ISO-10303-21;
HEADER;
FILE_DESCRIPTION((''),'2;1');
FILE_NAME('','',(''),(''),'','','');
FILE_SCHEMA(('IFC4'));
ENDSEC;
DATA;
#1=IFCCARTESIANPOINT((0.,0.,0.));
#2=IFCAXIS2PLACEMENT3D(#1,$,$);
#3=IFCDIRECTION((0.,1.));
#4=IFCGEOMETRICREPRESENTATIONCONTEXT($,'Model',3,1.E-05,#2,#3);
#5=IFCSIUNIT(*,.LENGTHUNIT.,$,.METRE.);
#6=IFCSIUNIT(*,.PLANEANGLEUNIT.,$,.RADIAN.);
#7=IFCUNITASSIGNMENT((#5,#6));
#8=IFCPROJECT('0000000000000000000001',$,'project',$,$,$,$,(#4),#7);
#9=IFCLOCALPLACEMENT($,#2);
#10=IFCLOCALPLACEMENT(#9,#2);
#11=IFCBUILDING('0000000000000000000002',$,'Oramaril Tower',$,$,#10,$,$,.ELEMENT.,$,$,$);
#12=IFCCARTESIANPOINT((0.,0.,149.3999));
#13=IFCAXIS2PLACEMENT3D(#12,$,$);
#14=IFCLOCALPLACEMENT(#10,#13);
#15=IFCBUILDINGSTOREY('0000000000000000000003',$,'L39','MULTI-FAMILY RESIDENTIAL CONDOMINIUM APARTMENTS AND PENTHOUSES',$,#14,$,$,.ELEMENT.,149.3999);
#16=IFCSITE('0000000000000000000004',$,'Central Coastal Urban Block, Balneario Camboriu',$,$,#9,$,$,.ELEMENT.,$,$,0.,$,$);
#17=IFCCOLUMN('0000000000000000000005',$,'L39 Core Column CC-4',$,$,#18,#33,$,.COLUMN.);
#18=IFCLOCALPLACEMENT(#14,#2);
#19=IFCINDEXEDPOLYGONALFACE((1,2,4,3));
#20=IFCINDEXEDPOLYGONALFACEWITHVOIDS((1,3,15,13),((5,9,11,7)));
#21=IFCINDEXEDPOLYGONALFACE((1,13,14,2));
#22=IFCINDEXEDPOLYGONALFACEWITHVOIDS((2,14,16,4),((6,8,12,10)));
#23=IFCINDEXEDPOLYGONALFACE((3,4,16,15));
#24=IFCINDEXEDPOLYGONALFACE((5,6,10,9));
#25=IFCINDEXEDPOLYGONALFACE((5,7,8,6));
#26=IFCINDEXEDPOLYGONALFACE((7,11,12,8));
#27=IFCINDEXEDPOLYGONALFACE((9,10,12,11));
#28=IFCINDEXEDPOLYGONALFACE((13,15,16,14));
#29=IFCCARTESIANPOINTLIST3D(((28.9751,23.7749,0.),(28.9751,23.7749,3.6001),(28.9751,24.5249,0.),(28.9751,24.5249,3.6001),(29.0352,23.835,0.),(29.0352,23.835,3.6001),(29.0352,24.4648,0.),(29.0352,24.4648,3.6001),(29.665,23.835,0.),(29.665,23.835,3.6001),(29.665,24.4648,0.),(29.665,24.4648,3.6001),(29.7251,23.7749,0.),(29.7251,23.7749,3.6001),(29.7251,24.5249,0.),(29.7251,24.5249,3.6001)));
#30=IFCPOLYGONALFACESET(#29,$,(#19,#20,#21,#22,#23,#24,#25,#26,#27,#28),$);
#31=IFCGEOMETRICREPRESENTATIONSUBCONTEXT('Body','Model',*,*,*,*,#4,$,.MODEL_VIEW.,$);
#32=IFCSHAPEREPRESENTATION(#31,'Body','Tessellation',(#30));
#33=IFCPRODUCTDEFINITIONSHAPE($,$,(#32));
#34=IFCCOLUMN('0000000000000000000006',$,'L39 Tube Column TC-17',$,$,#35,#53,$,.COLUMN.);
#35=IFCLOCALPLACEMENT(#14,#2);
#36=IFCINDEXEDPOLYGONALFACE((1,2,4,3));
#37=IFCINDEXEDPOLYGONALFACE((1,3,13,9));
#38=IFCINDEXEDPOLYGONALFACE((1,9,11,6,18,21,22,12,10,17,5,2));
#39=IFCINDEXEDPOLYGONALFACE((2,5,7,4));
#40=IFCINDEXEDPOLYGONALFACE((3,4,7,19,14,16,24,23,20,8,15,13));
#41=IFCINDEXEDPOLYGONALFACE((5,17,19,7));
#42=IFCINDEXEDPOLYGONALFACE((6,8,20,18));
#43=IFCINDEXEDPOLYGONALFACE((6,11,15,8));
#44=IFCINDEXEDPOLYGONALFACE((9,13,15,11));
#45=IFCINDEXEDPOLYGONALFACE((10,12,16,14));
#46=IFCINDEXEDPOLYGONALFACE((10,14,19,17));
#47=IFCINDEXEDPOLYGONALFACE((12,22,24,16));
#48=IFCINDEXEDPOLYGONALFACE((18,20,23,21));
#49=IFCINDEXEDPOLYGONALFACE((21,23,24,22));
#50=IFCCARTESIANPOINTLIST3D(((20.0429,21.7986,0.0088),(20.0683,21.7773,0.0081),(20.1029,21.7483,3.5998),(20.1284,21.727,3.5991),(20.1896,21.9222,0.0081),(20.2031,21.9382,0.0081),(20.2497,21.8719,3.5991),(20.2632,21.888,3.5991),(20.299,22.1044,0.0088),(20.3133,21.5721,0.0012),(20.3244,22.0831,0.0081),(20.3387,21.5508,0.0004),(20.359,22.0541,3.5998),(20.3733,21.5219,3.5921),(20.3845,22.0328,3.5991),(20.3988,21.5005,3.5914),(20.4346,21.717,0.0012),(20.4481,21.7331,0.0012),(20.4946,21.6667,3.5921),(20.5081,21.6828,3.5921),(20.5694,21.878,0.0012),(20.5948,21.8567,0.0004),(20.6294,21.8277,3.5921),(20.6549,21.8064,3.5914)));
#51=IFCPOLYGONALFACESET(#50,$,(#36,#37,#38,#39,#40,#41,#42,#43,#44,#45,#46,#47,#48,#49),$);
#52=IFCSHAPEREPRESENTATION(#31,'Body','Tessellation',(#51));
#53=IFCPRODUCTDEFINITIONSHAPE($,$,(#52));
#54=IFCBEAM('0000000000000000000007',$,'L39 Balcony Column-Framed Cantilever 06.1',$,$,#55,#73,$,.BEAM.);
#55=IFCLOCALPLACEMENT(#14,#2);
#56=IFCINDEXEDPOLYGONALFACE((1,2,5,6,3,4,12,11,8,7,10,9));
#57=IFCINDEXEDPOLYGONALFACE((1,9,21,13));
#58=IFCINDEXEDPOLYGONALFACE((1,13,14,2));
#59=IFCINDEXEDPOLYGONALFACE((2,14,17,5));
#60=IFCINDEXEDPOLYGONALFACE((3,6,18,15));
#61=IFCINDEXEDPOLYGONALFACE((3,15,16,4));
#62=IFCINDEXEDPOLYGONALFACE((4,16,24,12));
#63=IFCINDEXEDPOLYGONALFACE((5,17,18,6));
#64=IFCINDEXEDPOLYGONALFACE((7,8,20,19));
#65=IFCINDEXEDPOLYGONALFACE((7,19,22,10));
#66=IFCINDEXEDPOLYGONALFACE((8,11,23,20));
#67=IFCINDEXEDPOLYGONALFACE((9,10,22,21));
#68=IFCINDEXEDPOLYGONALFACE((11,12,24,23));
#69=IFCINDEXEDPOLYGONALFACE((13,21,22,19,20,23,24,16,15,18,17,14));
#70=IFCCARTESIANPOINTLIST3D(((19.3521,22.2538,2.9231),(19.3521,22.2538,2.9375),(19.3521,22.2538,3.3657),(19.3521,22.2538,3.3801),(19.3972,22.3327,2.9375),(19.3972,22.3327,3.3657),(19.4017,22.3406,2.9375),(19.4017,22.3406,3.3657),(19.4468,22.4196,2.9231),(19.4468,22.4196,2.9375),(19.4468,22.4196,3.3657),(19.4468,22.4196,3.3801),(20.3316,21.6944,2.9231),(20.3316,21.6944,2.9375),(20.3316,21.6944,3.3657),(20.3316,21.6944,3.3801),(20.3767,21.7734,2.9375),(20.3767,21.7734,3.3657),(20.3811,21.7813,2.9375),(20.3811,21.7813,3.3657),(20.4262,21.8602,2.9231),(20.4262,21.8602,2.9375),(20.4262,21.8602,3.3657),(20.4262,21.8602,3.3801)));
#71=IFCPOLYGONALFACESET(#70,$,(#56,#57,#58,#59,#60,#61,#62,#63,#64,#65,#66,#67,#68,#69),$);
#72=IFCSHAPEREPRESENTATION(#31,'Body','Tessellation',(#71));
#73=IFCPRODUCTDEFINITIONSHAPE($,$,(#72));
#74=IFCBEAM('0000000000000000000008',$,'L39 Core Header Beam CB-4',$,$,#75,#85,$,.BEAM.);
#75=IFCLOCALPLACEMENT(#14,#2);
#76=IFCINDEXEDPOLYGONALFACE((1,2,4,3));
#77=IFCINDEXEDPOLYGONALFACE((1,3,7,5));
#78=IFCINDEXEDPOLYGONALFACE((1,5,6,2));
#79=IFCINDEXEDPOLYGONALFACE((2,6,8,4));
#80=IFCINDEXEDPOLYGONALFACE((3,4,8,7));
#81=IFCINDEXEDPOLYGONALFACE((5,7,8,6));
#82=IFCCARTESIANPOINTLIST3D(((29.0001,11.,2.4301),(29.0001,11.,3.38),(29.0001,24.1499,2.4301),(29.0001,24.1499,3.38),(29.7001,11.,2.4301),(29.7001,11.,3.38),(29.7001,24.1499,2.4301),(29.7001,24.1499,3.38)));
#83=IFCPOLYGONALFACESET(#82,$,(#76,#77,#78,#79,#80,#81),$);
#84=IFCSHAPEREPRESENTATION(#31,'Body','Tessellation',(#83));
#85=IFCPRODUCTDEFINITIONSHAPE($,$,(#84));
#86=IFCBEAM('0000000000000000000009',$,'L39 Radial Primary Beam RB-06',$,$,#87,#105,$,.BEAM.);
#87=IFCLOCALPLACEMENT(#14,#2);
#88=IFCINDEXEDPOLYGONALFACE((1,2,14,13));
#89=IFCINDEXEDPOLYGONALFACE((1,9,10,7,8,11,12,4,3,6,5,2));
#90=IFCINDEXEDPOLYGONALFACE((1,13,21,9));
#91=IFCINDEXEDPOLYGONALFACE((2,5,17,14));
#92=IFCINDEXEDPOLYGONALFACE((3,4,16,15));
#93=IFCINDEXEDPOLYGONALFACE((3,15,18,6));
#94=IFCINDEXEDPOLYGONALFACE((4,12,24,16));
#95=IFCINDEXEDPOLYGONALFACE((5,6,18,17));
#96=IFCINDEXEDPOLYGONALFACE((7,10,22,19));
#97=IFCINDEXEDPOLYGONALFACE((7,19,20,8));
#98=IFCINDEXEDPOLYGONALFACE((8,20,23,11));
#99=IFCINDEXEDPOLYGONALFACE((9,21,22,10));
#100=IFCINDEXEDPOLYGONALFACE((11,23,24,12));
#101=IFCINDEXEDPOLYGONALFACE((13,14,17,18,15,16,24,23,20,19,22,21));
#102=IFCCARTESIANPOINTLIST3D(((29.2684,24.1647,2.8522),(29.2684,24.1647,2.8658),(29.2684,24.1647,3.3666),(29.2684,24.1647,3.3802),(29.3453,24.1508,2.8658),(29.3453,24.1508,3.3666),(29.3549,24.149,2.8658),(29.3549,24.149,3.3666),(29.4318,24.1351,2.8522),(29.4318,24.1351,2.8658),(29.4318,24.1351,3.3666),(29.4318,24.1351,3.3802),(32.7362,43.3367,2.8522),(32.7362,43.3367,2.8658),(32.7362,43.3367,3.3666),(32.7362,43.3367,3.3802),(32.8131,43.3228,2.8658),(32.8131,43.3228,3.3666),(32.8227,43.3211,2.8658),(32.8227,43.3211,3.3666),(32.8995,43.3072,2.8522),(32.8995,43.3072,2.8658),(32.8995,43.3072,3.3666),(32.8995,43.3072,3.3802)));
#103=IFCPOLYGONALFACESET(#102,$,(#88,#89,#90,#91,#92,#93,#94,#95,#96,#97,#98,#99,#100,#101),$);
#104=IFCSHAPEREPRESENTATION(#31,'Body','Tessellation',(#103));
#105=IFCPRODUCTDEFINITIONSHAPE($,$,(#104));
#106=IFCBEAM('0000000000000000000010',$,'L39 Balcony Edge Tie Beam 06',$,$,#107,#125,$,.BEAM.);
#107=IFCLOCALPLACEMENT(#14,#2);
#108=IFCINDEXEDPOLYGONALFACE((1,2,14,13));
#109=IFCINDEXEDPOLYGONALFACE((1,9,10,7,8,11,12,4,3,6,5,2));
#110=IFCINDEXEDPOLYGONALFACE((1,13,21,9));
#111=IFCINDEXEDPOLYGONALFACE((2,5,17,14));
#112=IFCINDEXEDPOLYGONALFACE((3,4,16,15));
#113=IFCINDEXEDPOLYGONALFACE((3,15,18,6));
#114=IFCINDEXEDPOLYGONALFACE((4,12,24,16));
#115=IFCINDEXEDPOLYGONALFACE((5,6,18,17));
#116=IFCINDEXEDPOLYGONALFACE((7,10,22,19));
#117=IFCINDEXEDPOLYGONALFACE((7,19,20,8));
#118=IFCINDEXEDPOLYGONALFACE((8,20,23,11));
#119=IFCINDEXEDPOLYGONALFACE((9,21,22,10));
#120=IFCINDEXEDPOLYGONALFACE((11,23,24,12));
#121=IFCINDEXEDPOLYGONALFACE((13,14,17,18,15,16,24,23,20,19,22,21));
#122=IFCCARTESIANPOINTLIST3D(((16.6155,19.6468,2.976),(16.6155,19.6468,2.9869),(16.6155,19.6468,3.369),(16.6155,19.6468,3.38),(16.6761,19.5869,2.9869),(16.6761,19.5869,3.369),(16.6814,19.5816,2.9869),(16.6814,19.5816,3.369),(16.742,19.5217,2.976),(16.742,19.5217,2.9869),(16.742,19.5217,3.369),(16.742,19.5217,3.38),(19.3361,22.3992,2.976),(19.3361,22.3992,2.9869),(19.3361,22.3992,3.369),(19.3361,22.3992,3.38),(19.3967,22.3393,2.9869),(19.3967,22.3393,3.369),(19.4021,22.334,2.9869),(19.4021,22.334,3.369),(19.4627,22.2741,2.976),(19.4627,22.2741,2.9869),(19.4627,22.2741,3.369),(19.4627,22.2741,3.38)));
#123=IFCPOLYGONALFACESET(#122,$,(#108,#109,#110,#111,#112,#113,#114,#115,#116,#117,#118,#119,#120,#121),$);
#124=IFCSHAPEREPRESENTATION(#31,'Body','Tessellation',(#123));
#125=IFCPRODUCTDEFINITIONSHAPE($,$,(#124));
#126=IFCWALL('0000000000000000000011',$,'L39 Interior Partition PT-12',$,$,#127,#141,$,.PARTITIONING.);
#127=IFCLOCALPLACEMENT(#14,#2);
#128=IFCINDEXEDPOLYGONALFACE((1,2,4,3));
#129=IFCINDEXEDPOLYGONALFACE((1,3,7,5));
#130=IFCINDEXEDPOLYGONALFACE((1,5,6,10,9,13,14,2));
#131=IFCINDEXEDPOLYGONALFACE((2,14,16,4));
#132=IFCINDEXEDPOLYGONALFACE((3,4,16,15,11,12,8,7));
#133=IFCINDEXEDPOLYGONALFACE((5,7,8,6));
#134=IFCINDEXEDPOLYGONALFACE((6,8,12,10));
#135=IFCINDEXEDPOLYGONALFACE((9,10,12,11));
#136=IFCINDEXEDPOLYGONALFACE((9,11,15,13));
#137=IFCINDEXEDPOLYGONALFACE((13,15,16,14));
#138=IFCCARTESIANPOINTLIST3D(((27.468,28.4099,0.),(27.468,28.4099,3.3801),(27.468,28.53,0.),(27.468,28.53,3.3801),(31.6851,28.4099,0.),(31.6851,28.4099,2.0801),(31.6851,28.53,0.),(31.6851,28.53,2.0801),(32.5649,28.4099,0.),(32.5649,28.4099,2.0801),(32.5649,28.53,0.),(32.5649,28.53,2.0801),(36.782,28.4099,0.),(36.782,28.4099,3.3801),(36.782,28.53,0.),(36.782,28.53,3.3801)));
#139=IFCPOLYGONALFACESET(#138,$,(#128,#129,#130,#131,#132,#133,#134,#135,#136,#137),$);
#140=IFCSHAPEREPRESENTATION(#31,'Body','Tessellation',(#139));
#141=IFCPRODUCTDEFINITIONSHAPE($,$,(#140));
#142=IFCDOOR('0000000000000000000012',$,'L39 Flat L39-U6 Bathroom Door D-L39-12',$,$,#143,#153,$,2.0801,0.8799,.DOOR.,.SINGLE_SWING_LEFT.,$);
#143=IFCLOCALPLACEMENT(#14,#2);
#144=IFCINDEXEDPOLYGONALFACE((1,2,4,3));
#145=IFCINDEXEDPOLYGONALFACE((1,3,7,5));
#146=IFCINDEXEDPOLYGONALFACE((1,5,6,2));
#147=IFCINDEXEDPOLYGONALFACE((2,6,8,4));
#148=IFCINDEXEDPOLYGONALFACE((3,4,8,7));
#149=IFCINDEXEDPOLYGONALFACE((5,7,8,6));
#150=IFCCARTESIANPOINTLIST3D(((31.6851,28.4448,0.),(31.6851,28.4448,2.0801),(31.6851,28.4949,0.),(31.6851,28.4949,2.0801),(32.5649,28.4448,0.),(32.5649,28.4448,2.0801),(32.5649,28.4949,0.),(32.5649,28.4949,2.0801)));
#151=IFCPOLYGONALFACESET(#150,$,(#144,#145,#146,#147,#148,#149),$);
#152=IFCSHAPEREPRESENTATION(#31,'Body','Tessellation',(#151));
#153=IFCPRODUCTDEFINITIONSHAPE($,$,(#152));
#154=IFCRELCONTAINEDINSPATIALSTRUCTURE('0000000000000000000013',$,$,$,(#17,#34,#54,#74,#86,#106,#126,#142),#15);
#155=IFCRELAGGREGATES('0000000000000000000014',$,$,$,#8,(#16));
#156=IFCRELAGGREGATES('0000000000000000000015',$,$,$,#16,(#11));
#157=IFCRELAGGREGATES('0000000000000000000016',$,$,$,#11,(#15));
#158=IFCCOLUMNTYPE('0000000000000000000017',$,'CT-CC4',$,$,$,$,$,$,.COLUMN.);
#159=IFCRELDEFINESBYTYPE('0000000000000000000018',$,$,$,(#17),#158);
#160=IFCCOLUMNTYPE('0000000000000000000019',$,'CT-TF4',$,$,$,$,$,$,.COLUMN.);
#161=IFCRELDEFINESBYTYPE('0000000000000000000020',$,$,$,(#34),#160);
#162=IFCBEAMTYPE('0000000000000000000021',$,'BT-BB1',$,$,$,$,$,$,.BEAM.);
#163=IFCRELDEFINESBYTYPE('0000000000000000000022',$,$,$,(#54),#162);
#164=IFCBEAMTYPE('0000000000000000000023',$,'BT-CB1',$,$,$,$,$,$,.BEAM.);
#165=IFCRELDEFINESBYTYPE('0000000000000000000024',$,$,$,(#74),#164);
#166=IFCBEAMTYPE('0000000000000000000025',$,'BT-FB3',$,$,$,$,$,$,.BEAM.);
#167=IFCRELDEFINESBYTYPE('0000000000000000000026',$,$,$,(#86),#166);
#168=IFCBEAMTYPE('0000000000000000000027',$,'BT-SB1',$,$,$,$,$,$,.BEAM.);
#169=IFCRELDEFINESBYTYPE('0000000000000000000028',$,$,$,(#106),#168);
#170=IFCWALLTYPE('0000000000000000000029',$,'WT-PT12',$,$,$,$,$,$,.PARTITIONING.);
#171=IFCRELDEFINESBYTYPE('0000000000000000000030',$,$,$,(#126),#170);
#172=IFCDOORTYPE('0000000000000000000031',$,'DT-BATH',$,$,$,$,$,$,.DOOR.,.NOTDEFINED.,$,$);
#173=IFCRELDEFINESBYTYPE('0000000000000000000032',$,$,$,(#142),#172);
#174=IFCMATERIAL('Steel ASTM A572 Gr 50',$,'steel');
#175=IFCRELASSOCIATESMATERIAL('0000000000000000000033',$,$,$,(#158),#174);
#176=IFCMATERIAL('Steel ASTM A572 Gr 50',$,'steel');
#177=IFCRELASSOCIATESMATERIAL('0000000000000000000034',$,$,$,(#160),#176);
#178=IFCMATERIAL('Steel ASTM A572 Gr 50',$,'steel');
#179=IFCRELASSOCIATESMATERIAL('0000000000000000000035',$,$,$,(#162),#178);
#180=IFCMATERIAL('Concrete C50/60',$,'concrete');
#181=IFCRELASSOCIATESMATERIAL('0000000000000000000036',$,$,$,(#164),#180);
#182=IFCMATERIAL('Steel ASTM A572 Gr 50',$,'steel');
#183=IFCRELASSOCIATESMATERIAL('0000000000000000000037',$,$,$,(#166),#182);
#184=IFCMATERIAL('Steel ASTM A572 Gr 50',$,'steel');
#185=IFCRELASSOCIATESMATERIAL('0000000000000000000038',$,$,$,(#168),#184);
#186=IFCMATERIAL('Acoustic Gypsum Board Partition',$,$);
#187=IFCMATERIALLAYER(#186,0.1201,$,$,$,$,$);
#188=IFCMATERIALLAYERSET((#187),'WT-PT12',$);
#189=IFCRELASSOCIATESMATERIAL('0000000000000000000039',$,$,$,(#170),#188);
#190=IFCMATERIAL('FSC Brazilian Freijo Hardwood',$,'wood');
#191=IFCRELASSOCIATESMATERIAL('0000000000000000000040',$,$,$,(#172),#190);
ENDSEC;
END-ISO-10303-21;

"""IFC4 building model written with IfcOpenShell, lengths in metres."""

from ifc_helpers import new_model, si_unit, direction, frame, frame_2d, origin, origin_2d, place, context, subcontext, project, spatial, rectangle, hollow_rectangle, i_section, extrude, material, layer, layer_set, material_profile, profile_set, type_object, element, fill, save


model = new_model("IFC4")

# Units and contexts
model_context = context("Model", 3, precision=1e-05, world=origin(), true_north=direction((0.0, 1.0)))
body_context = subcontext(model_context, "Body", "Model", "MODEL_VIEW")
ifc_project = project(units=[si_unit("LENGTHUNIT", "METRE"), si_unit("PLANEANGLEUNIT", "RADIAN")], contexts=[model_context])

# Site, building, storey
site_placement = place(None, origin())
site = spatial("IfcSite", under=ifc_project, at=site_placement, Name="Central Coastal Urban Block, Balneario Camboriu", CompositionType="ELEMENT", RefElevation=0.0)
building_placement = place(site_placement, origin())
building = spatial("IfcBuilding", under=site, at=building_placement, Name="Oramaril Tower", CompositionType="ELEMENT")
storey_placement = place(building_placement, frame((0.0, 0.0, 149.3999)))
storey = spatial("IfcBuildingStorey", under=building, at=storey_placement, Name="L39", Description="MULTI-FAMILY RESIDENTIAL CONDOMINIUM APARTMENTS AND PENTHOUSES", CompositionType="ELEMENT", Elevation=149.3999)

# Columns
ifc_material_1 = material(Name="Steel ASTM A572 Gr 50", Category="steel")
ifc_material_profile_1 = material_profile(ifc_material_1, hollow_rectangle(XDim=0.75, YDim=0.75, WallThickness=0.0601, at=origin_2d()), Name="BOX750X750X60")
ifc_profile_set_1 = profile_set([ifc_material_profile_1], Name="Steel ASTM A572 Gr 50")
column_type_1 = type_object("IfcColumnType", Name="CT-CC4", PredefinedType="COLUMN", material=ifc_profile_set_1)
column_1_placement = place(storey_placement, frame((29.3501, 24.1499, 0.0), z_axis=(0.0, 0.0, 1.0), x_axis=(1.0, 0.0, 0.0)))
element("IfcColumn", 1, at=column_1_placement, inside=storey, type_object=column_type_1, Name="L39 Core Column CC-4", PredefinedType="COLUMN", context=body_context, shape_type="SweptSolid", body=[
    extrude(hollow_rectangle(XDim=0.75, YDim=0.75, WallThickness=0.0601, at=origin_2d()), origin(), (0.0, 0.0, 1.0), 3.6001),
])
ifc_material_2 = material(Name="Steel ASTM A572 Gr 50", Category="steel")
ifc_material_profile_2 = material_profile(ifc_material_2, i_section(OverallWidth=0.3989, OverallDepth=0.386, WebThickness=0.021, FlangeThickness=0.0332, at=origin_2d()), Name="W14X176")
ifc_profile_set_2 = profile_set([ifc_material_profile_2], Name="Steel ASTM A572 Gr 50")
column_type_2 = type_object("IfcColumnType", Name="CT-TF4", PredefinedType="COLUMN", material=ifc_profile_set_2)
column_2_placement = place(storey_placement, frame((20.3188, 21.8276, 0.0046), z_axis=(0.01672, -0.014002, 0.999762), x_axis=(0.642022, 0.766686, 0.0)))
element("IfcColumn", 2, at=column_2_placement, inside=storey, type_object=column_type_2, Name="L39 Tube Column TC-17", PredefinedType="COLUMN", context=body_context, shape_type="SweptSolid", body=[
    extrude(i_section(OverallWidth=0.3989, OverallDepth=0.386, WebThickness=0.021, FlangeThickness=0.0332, at=origin_2d()), origin(), (0.0, 0.0, 1.0), 3.5918),
])

# Beams
ifc_material_3 = material(Name="Steel ASTM A572 Gr 50", Category="steel")
ifc_material_profile_3 = material_profile(ifc_material_3, i_section(OverallWidth=0.1909, OverallDepth=0.457, WebThickness=0.009, FlangeThickness=0.0144, at=origin_2d()), Name="W18X50")
ifc_profile_set_3 = profile_set([ifc_material_profile_3], Name="Steel ASTM A572 Gr 50")
beam_type_1 = type_object("IfcBeamType", Name="BT-BB1", PredefinedType="BEAM", material=ifc_profile_set_3)
beam_1_placement = place(storey_placement, frame((20.3789, 21.7773, 3.1516), z_axis=(-0.86839, 0.495883, 0.0), x_axis=(-0.495883, -0.86839, 0.0)))
element("IfcBeam", 3, at=beam_1_placement, inside=storey, type_object=beam_type_1, Name="L39 Balcony Column-Framed Cantilever 06.1", PredefinedType="BEAM", context=body_context, shape_type="SweptSolid", body=[
    extrude(i_section(OverallWidth=0.1909, OverallDepth=0.457, WebThickness=0.009, FlangeThickness=0.0144, at=origin_2d()), origin(), (0.0, 0.0, 1.0), 1.1279),
])
ifc_material_4 = material(Name="Concrete C50/60", Category="concrete")
ifc_material_profile_4 = material_profile(ifc_material_4, rectangle(XDim=0.7, YDim=0.95, at=origin_2d()), Name="CB700X950")
ifc_profile_set_4 = profile_set([ifc_material_profile_4], Name="Concrete C50/60")
beam_type_2 = type_object("IfcBeamType", Name="BT-CB1", PredefinedType="BEAM", material=ifc_profile_set_4)
beam_2_placement = place(storey_placement, frame((29.3501, 24.1499, 2.905), z_axis=(0.0, -1.0, 0.0), x_axis=(1.0, 0.0, 0.0)))
element("IfcBeam", 4, at=beam_2_placement, inside=storey, type_object=beam_type_2, Name="L39 Core Header Beam CB-4", PredefinedType="BEAM", context=body_context, shape_type="SweptSolid", body=[
    extrude(rectangle(XDim=0.7, YDim=0.95, at=origin_2d()), origin(), (0.0, 0.0, 1.0), 13.1499),
])
ifc_material_5 = material(Name="Steel ASTM A572 Gr 50", Category="steel")
ifc_material_profile_5 = material_profile(ifc_material_5, i_section(OverallWidth=0.166, OverallDepth=0.5281, WebThickness=0.0098, FlangeThickness=0.0137, at=origin_2d()), Name="W21X50")
ifc_profile_set_5 = profile_set([ifc_material_profile_5], Name="Steel ASTM A572 Gr 50")
beam_type_3 = type_object("IfcBeamType", Name="BT-FB3", PredefinedType="BEAM", material=ifc_profile_set_5)
beam_3_placement = place(storey_placement, frame((29.3501, 24.1499, 3.1162), z_axis=(0.177988, 0.984033, 0.0), x_axis=(-0.984033, 0.177988, 0.0)))
element("IfcBeam", 5, at=beam_3_placement, inside=storey, type_object=beam_type_3, Name="L39 Radial Primary Beam RB-06", PredefinedType="BEAM", context=body_context, shape_type="SweptSolid", body=[
    extrude(i_section(OverallWidth=0.166, OverallDepth=0.5281, WebThickness=0.0098, FlangeThickness=0.0137, at=origin_2d()), origin(), (0.0, 0.0, 1.0), 19.4832),
])
ifc_material_6 = material(Name="Steel ASTM A572 Gr 50", Category="steel")
ifc_material_profile_6 = material_profile(ifc_material_6, i_section(OverallWidth=0.178, OverallDepth=0.4041, WebThickness=0.0076, FlangeThickness=0.011, at=origin_2d()), Name="W16X36")
ifc_profile_set_6 = profile_set([ifc_material_profile_6], Name="Steel ASTM A572 Gr 50")
beam_type_4 = type_object("IfcBeamType", Name="BT-SB1", PredefinedType="BEAM", material=ifc_profile_set_6)
beam_4_placement = place(storey_placement, frame((19.3994, 22.3367, 3.178), z_axis=(-0.702995, -0.711195, 0.0), x_axis=(0.711195, -0.702995, 0.0)))
element("IfcBeam", 6, at=beam_4_placement, inside=storey, type_object=beam_type_4, Name="L39 Balcony Edge Tie Beam 06", PredefinedType="BEAM", context=body_context, shape_type="SweptSolid", body=[
    extrude(i_section(OverallWidth=0.178, OverallDepth=0.4041, WebThickness=0.0076, FlangeThickness=0.011, at=origin_2d()), origin(), (0.0, 0.0, 1.0), 3.8701),
])

# Wall, opening, door
ifc_material_7 = material(Name="Acoustic Gypsum Board Partition")
ifc_layer_1 = layer(ifc_material_7, 0.1201)
ifc_layer_set_1 = layer_set([ifc_layer_1], Name="WT-PT12")
wall_type_1 = type_object("IfcWallType", Name="WT-PT12", PredefinedType="PARTITIONING", material=ifc_layer_set_1)
wall_1_placement = place(storey_placement, frame((27.468, 28.47, 0.0), z_axis=(0.0, 0.0, 1.0), x_axis=(1.0, 0.0, 0.0)))
wall_1 = element("IfcWall", 7, at=wall_1_placement, inside=storey, type_object=wall_type_1, Name="L39 Interior Partition PT-12", PredefinedType="PARTITIONING", context=body_context, shape_type="SweptSolid", body=[
    extrude(rectangle(XDim=9.314, YDim=0.1201, at=frame_2d((4.657, 0.0))), origin(), (0.0, 0.0, 1.0), 3.3801),
])
opening_1_placement = place(wall_1_placement, frame((4.217, 0.0, 0.0)))
opening_1 = element("IfcOpeningElement", 8, at=opening_1_placement, cuts=wall_1, PredefinedType="OPENING", context=body_context, shape_type="SweptSolid", body=[
    extrude(rectangle(XDim=0.8799, YDim=2.0801, at=frame_2d((0.4399, 1.04))), frame((0.0, 0.0601, 0.0), z_axis=(0.0, -1.0, 0.0), x_axis=(1.0, 0.0, 0.0)), (0.0, 0.0, 1.0), 0.1201),
])
ifc_material_8 = material(Name="FSC Brazilian Freijo Hardwood", Category="wood")
door_type_1 = type_object("IfcDoorType", Name="DT-BATH", OperationType="NOTDEFINED", PredefinedType="DOOR", material=ifc_material_8)
door_1_placement = place(opening_1_placement, origin())
door_1 = element("IfcDoor", 9, at=door_1_placement, inside=storey, type_object=door_type_1, Name="L39 Flat L39-U6 Bathroom Door D-L39-12", OperationType="SINGLE_SWING_LEFT", OverallHeight=2.0801, OverallWidth=0.8799, PredefinedType="DOOR", context=body_context, shape_type="SweptSolid", body=[
    extrude(rectangle(XDim=0.8799, YDim=2.0801, at=frame_2d((0.4399, 1.04))), frame((0.0, 0.0249, 0.0), z_axis=(0.0, -1.0, 0.0), x_axis=(1.0, 0.0, 0.0)), (0.0, 0.0, 1.0), 0.05),
])
fill(opening_1, door_1)

save(model, "model.ifc")
